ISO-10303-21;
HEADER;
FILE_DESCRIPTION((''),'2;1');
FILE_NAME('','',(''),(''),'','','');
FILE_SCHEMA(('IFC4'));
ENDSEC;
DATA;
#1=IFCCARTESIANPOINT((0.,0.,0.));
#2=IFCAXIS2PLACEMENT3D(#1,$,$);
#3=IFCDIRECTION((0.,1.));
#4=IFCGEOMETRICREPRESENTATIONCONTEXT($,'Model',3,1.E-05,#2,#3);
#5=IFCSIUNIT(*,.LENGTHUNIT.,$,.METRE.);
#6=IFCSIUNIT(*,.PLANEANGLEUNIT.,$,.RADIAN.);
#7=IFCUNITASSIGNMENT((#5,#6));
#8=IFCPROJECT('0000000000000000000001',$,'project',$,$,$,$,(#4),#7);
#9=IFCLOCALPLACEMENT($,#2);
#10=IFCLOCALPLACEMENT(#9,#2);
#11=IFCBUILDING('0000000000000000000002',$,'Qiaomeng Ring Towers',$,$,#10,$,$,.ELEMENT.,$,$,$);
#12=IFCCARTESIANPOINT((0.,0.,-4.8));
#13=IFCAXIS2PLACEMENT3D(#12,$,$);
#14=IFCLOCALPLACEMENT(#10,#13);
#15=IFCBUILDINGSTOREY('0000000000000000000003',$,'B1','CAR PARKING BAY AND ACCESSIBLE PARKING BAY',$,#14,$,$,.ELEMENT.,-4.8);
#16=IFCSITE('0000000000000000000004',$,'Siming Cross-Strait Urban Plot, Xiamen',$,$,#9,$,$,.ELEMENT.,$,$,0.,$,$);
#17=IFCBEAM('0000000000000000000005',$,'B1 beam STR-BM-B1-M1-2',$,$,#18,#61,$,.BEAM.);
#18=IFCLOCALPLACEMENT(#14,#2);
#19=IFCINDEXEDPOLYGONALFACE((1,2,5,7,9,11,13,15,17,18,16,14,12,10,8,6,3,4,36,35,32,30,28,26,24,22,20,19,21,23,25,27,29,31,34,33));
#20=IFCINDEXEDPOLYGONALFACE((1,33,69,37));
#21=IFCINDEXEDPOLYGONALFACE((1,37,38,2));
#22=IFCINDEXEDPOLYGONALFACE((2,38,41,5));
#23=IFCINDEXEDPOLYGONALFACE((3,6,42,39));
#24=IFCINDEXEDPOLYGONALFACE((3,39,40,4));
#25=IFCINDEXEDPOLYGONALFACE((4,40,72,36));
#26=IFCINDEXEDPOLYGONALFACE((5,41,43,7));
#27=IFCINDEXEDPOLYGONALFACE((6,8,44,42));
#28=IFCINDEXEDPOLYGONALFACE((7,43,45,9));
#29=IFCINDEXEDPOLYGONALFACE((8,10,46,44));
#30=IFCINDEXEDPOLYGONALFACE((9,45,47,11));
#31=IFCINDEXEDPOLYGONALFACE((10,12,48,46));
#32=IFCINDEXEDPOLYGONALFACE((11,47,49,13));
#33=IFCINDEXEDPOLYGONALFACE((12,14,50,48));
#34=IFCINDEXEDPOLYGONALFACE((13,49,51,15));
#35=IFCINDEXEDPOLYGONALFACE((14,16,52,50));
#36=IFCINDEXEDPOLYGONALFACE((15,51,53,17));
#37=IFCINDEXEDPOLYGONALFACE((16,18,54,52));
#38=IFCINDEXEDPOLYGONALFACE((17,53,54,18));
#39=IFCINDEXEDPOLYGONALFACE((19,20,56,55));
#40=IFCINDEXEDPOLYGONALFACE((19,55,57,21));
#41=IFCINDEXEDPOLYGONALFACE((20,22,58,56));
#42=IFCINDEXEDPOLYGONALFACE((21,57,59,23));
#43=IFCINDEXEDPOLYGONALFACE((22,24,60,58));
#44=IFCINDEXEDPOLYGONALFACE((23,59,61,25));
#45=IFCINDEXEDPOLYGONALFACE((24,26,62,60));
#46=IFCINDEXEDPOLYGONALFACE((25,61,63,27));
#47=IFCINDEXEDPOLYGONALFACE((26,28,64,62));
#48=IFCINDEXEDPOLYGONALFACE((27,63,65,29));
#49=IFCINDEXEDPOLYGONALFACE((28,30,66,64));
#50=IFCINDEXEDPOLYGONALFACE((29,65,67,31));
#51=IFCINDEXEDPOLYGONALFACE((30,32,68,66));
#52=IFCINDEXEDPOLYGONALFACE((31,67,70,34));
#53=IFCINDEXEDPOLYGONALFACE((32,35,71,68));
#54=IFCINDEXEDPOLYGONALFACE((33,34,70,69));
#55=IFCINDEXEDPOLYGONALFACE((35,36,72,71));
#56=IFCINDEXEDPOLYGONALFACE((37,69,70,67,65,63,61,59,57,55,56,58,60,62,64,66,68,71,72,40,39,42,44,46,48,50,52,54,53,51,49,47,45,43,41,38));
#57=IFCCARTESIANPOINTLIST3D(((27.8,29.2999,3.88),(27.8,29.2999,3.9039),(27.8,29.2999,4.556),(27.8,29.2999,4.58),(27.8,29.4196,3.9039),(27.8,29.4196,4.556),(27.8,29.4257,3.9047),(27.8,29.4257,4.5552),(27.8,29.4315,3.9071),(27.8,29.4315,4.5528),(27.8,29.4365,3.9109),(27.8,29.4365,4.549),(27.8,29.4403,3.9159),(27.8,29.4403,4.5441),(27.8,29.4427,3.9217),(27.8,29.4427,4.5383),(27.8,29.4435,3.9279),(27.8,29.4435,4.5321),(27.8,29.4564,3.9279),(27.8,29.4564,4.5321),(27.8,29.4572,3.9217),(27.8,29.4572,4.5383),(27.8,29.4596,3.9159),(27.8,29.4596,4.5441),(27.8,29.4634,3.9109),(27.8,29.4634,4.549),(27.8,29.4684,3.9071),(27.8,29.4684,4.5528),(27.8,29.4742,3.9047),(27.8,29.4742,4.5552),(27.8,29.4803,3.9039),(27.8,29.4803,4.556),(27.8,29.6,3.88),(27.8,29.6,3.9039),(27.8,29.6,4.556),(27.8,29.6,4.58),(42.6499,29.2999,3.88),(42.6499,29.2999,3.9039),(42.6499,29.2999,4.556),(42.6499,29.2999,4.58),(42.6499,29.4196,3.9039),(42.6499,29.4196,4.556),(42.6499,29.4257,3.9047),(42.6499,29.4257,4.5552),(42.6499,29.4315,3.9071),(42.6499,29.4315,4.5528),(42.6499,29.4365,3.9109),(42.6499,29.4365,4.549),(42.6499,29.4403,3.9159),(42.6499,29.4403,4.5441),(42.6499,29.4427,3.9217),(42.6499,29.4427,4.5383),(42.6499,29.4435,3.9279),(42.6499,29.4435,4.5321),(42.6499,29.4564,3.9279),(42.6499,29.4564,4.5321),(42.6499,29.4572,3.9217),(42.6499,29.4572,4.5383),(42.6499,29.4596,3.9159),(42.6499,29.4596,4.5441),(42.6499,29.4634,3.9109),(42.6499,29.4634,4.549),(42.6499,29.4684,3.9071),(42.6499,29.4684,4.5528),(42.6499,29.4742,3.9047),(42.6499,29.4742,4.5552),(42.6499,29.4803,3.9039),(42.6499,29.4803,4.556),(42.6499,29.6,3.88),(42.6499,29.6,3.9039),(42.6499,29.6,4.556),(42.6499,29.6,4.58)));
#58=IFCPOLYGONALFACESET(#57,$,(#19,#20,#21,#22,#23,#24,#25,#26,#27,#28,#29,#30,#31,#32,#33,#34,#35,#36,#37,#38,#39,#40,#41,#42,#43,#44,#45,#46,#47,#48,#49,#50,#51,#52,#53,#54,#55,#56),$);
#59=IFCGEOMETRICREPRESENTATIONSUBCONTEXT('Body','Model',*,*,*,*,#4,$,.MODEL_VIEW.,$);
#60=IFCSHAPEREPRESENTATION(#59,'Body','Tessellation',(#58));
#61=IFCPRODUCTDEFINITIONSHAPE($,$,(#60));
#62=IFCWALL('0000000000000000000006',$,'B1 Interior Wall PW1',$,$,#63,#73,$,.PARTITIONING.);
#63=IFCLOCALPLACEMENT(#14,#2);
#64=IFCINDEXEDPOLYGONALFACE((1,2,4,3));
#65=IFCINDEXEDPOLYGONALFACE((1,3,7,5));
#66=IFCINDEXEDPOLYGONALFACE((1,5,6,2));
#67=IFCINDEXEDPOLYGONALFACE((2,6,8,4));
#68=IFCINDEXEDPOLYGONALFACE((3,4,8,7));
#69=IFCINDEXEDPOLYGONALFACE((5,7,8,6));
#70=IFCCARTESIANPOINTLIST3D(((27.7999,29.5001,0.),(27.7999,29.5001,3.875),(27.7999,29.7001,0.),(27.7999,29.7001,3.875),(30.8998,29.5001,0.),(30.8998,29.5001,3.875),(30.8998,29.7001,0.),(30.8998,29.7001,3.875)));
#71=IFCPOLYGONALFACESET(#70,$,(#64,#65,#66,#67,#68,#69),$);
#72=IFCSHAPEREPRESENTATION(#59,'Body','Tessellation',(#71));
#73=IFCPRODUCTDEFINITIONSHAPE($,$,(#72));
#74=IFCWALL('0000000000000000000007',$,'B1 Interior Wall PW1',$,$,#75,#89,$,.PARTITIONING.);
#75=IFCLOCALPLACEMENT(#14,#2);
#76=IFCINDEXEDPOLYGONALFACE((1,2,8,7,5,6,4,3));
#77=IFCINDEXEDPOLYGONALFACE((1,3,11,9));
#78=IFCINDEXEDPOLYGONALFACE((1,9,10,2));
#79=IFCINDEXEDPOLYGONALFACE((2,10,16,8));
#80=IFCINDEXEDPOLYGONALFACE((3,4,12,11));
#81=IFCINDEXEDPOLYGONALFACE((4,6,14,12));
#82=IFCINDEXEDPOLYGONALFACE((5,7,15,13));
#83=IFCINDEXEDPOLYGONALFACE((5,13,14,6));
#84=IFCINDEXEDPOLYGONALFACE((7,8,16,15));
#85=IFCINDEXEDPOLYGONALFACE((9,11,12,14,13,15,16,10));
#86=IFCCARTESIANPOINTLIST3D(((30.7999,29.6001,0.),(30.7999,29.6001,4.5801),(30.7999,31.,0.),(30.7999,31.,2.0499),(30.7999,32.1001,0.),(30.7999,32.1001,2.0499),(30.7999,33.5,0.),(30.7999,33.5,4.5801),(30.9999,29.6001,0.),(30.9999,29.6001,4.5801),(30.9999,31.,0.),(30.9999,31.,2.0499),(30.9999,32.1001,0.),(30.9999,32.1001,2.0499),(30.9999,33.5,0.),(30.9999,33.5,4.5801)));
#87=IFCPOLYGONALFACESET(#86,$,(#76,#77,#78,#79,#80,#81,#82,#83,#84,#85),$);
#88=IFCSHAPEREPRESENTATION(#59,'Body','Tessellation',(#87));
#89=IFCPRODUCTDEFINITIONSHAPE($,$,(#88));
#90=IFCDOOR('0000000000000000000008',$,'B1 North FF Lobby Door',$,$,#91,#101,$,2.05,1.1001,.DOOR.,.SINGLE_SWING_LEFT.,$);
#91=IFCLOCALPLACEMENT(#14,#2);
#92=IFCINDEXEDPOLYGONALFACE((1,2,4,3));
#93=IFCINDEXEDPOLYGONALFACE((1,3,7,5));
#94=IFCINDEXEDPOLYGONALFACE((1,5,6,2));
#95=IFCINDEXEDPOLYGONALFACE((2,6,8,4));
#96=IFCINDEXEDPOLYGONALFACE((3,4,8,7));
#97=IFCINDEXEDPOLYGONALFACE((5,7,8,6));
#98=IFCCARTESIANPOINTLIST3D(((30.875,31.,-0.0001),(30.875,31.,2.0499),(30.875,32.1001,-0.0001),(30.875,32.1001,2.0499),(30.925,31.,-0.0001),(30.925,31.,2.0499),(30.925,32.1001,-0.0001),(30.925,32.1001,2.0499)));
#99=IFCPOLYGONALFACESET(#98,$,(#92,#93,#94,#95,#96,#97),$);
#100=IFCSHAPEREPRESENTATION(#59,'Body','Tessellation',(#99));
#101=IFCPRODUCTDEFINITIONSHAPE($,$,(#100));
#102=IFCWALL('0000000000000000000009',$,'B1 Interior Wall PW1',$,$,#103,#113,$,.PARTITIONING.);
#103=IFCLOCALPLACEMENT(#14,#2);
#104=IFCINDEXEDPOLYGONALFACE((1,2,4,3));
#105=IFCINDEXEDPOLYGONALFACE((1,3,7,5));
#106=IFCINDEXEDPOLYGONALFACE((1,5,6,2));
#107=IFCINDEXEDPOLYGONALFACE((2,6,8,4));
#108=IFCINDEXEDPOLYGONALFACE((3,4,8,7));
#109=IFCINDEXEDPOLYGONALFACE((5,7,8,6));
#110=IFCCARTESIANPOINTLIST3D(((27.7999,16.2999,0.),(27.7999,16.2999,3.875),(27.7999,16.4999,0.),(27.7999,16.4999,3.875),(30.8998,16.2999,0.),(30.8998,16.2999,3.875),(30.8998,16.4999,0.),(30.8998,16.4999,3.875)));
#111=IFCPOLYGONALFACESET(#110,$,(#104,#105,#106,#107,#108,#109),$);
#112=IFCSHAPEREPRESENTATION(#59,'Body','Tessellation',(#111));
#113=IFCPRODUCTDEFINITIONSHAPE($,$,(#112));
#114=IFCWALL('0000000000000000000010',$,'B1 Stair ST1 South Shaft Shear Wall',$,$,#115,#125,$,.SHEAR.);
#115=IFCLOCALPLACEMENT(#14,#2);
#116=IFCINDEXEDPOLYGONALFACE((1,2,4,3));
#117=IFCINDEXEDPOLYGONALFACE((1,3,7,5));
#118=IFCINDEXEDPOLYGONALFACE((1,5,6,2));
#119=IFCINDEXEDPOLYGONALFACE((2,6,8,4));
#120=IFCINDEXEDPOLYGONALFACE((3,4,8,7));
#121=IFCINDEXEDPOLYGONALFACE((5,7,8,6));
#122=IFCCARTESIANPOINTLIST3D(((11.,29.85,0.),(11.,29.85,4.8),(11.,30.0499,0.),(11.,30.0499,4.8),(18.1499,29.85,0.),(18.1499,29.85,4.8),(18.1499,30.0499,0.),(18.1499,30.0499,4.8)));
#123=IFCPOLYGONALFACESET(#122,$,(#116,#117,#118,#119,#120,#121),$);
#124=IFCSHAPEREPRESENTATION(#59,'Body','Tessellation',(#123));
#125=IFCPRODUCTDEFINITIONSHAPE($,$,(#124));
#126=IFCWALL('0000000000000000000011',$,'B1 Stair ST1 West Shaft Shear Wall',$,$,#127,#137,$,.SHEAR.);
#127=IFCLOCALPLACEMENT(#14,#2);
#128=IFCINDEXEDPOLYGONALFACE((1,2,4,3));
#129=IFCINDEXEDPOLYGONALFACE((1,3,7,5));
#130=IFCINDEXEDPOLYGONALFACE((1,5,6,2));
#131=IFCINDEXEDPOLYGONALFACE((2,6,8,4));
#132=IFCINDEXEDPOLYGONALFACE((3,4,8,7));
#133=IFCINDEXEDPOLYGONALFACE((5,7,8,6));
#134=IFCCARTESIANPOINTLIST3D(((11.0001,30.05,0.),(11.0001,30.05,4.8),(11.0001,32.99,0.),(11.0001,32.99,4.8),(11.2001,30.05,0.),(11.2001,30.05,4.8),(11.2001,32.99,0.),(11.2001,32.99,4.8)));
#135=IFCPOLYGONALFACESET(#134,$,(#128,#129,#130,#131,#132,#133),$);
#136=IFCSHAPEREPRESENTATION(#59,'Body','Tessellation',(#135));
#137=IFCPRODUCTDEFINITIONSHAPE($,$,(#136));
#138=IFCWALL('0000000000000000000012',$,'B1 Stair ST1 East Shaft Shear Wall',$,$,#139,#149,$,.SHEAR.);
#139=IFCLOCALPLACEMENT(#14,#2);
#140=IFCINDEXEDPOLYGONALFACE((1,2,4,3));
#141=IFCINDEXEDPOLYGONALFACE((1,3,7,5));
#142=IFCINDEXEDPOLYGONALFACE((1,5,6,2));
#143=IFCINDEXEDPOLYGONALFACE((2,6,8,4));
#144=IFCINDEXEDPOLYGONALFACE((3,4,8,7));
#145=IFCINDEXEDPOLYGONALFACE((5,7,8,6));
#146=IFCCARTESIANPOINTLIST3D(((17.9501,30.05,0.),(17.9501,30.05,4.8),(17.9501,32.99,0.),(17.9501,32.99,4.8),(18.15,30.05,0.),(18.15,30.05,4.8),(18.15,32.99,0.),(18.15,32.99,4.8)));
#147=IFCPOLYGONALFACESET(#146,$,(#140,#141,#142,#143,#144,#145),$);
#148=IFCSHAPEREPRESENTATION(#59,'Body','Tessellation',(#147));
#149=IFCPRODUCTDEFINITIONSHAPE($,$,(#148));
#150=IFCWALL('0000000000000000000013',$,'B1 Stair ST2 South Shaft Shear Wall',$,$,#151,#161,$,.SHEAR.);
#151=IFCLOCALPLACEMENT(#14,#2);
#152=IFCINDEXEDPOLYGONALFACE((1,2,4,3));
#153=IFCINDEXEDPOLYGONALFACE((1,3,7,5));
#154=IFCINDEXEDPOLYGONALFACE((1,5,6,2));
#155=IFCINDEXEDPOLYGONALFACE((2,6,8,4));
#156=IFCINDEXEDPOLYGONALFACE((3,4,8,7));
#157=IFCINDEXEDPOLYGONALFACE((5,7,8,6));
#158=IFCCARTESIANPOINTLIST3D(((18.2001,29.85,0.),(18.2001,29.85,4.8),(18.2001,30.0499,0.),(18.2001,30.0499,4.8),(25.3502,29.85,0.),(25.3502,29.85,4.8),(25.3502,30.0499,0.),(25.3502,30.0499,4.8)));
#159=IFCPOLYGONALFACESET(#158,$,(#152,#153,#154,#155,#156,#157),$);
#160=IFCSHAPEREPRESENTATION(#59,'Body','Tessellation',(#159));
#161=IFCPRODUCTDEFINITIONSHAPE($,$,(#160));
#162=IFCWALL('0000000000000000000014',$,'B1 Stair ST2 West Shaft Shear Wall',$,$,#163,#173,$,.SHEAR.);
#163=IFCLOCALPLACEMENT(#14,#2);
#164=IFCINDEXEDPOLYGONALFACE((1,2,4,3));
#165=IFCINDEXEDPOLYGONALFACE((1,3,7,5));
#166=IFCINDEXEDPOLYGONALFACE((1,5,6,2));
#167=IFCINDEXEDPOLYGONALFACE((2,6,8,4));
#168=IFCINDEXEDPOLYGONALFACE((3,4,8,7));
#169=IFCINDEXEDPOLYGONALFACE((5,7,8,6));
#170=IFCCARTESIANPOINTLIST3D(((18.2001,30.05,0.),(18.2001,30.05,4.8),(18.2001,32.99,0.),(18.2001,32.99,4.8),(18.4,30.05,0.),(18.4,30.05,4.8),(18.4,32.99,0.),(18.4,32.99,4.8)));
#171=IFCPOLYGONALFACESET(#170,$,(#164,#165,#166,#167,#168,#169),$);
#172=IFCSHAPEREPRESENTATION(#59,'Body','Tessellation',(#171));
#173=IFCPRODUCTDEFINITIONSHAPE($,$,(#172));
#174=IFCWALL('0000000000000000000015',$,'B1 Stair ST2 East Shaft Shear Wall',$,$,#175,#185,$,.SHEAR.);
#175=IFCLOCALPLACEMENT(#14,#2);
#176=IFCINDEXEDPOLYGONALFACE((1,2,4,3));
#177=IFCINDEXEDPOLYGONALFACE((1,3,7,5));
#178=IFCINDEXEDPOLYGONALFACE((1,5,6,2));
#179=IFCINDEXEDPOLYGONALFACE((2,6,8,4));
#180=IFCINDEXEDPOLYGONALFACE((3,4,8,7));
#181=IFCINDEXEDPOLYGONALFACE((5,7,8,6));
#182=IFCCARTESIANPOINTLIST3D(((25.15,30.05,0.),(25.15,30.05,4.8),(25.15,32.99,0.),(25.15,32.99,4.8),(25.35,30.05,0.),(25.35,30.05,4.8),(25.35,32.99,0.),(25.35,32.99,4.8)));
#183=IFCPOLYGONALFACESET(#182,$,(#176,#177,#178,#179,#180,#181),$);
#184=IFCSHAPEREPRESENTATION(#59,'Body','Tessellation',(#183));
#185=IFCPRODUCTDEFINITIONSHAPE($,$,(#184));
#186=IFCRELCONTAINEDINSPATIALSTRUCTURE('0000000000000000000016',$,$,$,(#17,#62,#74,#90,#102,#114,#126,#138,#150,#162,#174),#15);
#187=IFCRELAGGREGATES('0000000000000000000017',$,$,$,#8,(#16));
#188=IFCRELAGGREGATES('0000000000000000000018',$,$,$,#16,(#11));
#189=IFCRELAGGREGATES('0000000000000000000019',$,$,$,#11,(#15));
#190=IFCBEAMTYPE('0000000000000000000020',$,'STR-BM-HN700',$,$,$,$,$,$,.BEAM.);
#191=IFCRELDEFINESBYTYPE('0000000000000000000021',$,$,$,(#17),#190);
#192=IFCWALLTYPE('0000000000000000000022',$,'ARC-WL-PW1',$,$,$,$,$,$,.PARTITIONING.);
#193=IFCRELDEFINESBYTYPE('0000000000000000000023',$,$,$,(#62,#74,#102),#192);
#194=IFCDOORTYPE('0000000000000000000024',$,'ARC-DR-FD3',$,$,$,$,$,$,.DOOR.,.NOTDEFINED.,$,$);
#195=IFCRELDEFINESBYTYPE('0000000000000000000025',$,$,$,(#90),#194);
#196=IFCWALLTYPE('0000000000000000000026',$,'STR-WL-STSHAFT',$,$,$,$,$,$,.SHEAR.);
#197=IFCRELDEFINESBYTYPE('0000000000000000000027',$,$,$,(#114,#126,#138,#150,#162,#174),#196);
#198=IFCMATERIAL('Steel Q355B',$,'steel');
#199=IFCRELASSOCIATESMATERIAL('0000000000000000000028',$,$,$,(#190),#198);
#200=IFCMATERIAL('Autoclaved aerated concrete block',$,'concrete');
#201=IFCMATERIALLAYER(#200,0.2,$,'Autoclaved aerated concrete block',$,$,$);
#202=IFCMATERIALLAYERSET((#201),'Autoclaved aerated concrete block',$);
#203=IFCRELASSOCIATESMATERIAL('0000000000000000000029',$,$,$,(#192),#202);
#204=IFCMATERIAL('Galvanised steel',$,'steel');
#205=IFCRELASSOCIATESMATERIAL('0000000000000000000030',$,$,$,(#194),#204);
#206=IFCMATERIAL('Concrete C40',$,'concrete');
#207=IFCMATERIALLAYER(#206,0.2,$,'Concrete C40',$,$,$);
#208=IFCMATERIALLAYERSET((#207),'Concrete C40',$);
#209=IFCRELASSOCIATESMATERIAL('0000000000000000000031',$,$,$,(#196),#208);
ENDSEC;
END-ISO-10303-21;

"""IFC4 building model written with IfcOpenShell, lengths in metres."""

from ifc_helpers import new_model, si_unit, direction, frame, frame_2d, origin, origin_2d, place, context, subcontext, project, spatial, rectangle, i_section, extrude, source, transform, mapped, material, layer, layer_set, material_profile, profile_set, type_object, element, fill, save


model = new_model("IFC4")

# Units and contexts
model_context = context("Model", 3, precision=1e-05, world=origin(), true_north=direction((0.0, 1.0)))
body_context = subcontext(model_context, "Body", "Model", "MODEL_VIEW")
ifc_project = project(units=[si_unit("LENGTHUNIT", "METRE"), si_unit("PLANEANGLEUNIT", "RADIAN")], contexts=[model_context])

# Site, building, storey
site_placement = place(None, origin())
site = spatial("IfcSite", under=ifc_project, at=site_placement, Name="Siming Cross-Strait Urban Plot, Xiamen", CompositionType="ELEMENT", RefElevation=0.0)
building_placement = place(site_placement, origin())
building = spatial("IfcBuilding", under=site, at=building_placement, Name="Qiaomeng Ring Towers", CompositionType="ELEMENT")
storey_placement = place(building_placement, frame((0.0, 0.0, -4.8)))
storey = spatial("IfcBuildingStorey", under=building, at=storey_placement, Name="B1", Description="CAR PARKING BAY AND ACCESSIBLE PARKING BAY", CompositionType="ELEMENT", Elevation=-4.8)

# Beam
ifc_material_1 = material(Name="Steel Q355B", Category="steel")
ifc_material_profile_1 = material_profile(ifc_material_1, i_section(OverallWidth=0.3, OverallDepth=0.7, WebThickness=0.0129, FlangeThickness=0.0239, FilletRadius=0.0239, at=origin_2d()), Name="HN 700x300x13x24")
ifc_profile_set_1 = profile_set([ifc_material_profile_1], Name="Steel Q355B")
beam_type_1 = type_object("IfcBeamType", Name="STR-BM-HN700", PredefinedType="BEAM", material=ifc_profile_set_1)
shared_shape_1 = source(origin(), body_context, "Body", "SweptSolid", [
    extrude(i_section(OverallWidth=0.3, OverallDepth=0.7, WebThickness=0.0129, FlangeThickness=0.0239, FilletRadius=0.0239, at=origin_2d()), origin(), (0.0, 0.0, 1.0), 14.8499),
])
for number, where, z_axis, x_axis, name in (
    (1, (27.8, 29.45, 4.23), (1.0, 0.0, 0.0), (0.0, 1.0, 0.0), "B1 beam STR-BM-B1-M1-2"),
):
    element("IfcBeam", number, at=place(storey_placement, frame(where, z_axis=z_axis, x_axis=x_axis)), inside=storey, type_object=beam_type_1, Name=name, PredefinedType="BEAM", context=body_context, shape_type="MappedRepresentation", body=[
        mapped(shared_shape_1, transform((0.0, 0.0, 0.0), x_axis=(1.0, 0.0, 0.0), y_axis=(0.0, 1.0, 0.0), z_axis=(0.0, 0.0, 1.0), scale=1.0)),
    ])

# Wall
ifc_material_2 = material(Name="Autoclaved aerated concrete block", Category="concrete")
ifc_layer_1 = layer(ifc_material_2, 0.2, Name="Autoclaved aerated concrete block")
ifc_layer_set_1 = layer_set([ifc_layer_1], Name="Autoclaved aerated concrete block")
wall_type_1 = type_object("IfcWallType", Name="ARC-WL-PW1", PredefinedType="PARTITIONING", material=ifc_layer_set_1)
wall_1_placement = place(storey_placement, frame((27.8, 29.6001, 0.0), z_axis=(0.0, 0.0, 1.0), x_axis=(1.0, 0.0, 0.0)))
element("IfcWall", 2, at=wall_1_placement, inside=storey, type_object=wall_type_1, Name="B1 Interior Wall PW1", PredefinedType="PARTITIONING", context=body_context, shape_type="SweptSolid", body=[
    extrude(rectangle(XDim=3.0999, YDim=0.2, at=frame_2d((1.5498, 0.0))), origin(), (0.0, 0.0, 1.0), 3.875),
])

# Wall, opening, door
wall_2_placement = place(storey_placement, frame((30.8999, 29.6001, 0.0), z_axis=(0.0, 0.0, 1.0), x_axis=(0.0, 1.0, 0.0)))
wall_2 = element("IfcWall", 3, at=wall_2_placement, inside=storey, type_object=wall_type_1, Name="B1 Interior Wall PW1", PredefinedType="PARTITIONING", context=body_context, shape_type="SweptSolid", body=[
    extrude(rectangle(XDim=3.8999, YDim=0.2, at=frame_2d((1.95, 0.0))), origin(), (0.0, 0.0, 1.0), 4.5801),
])
opening_1_placement = place(wall_2_placement, frame((1.3999, 0.0, 0.0)))
opening_1 = element("IfcOpeningElement", 4, at=opening_1_placement, cuts=wall_2, PredefinedType="OPENING", context=body_context, shape_type="SweptSolid", body=[
    extrude(rectangle(XDim=1.1001, YDim=2.05, at=frame_2d((0.55, 1.0249))), frame((0.0, 0.1099, 0.0), z_axis=(0.0, -1.0, 0.0), x_axis=(1.0, 0.0, 0.0)), (0.0, 0.0, 1.0), 0.22),
])
ifc_material_3 = material(Name="Galvanised steel", Category="steel")
door_type_1 = type_object("IfcDoorType", Name="ARC-DR-FD3", OperationType="NOTDEFINED", PredefinedType="DOOR", material=ifc_material_3)
shared_shape_2 = source(origin(), body_context, "Body", "SweptSolid", [
    extrude(rectangle(XDim=1.1001, YDim=2.05, at=frame_2d((0.55, 1.0249))), frame((0.0, 0.0249, 0.0), z_axis=(0.0, -1.0, 0.0), x_axis=(1.0, 0.0, 0.0)), (0.0, 0.0, 1.0), 0.05),
])
door_1_placement = place(opening_1_placement, origin())
door_1 = element("IfcDoor", 5, at=door_1_placement, inside=storey, type_object=door_type_1, Name="B1 North FF Lobby Door", OperationType="SINGLE_SWING_LEFT", OverallHeight=2.05, OverallWidth=1.1001, PredefinedType="DOOR", context=body_context, shape_type="MappedRepresentation", body=[
    mapped(shared_shape_2, transform((0.0, 0.0, 0.0), x_axis=(1.0, 0.0, 0.0), y_axis=(0.0, 1.0, 0.0), z_axis=(0.0, 0.0, 1.0), scale=1.0)),
])
fill(opening_1, door_1)

# Walls
wall_3_placement = place(storey_placement, frame((27.8, 16.3999, 0.0), z_axis=(0.0, 0.0, 1.0), x_axis=(1.0, 0.0, 0.0)))
element("IfcWall", 6, at=wall_3_placement, inside=storey, type_object=wall_type_1, Name="B1 Interior Wall PW1", PredefinedType="PARTITIONING", context=body_context, shape_type="SweptSolid", body=[
    extrude(rectangle(XDim=3.0999, YDim=0.2, at=frame_2d((1.5498, 0.0))), origin(), (0.0, 0.0, 1.0), 3.875),
])
ifc_material_4 = material(Name="Concrete C40", Category="concrete")
ifc_layer_2 = layer(ifc_material_4, 0.2, Name="Concrete C40")
ifc_layer_set_2 = layer_set([ifc_layer_2], Name="Concrete C40")
wall_type_2 = type_object("IfcWallType", Name="STR-WL-STSHAFT", PredefinedType="SHEAR", material=ifc_layer_set_2)
wall_4_placement = place(storey_placement, frame((11.0, 29.95, 0.0), z_axis=(0.0, 0.0, 1.0), x_axis=(1.0, 0.0, 0.0)))
element("IfcWall", 7, at=wall_4_placement, inside=storey, type_object=wall_type_2, Name="B1 Stair ST1 South Shaft Shear Wall", PredefinedType="SHEAR", context=body_context, shape_type="SweptSolid", body=[
    extrude(rectangle(XDim=7.1499, YDim=0.2, at=frame_2d((3.575, 0.0))), origin(), (0.0, 0.0, 1.0), 4.8),
])
for number, where, z_axis, x_axis, name in (
    (8, (11.1001, 30.05, 0.0), (0.0, 0.0, 1.0), (0.0, 1.0, 0.0), "B1 Stair ST1 West Shaft Shear Wall"),
    (9, (18.05, 30.05, 0.0), (0.0, 0.0, 1.0), (0.0, 1.0, 0.0), "B1 Stair ST1 East Shaft Shear Wall"),
):
    element("IfcWall", number, at=place(storey_placement, frame(where, z_axis=z_axis, x_axis=x_axis)), inside=storey, type_object=wall_type_2, Name=name, PredefinedType="SHEAR", context=body_context, shape_type="SweptSolid", body=[
        extrude(rectangle(XDim=2.9399, YDim=0.2, at=frame_2d((1.47, 0.0))), origin(), (0.0, 0.0, 1.0), 4.8),
    ])
wall_5_placement = place(storey_placement, frame((18.2, 29.95, 0.0), z_axis=(0.0, 0.0, 1.0), x_axis=(1.0, 0.0, 0.0)))
element("IfcWall", 10, at=wall_5_placement, inside=storey, type_object=wall_type_2, Name="B1 Stair ST2 South Shaft Shear Wall", PredefinedType="SHEAR", context=body_context, shape_type="SweptSolid", body=[
    extrude(rectangle(XDim=7.1501, YDim=0.2, at=frame_2d((3.5752, 0.0))), origin(), (0.0, 0.0, 1.0), 4.8),
])
for number, where, z_axis, x_axis, name in (
    (11, (18.3, 30.05, 0.0), (0.0, 0.0, 1.0), (0.0, 1.0, 0.0), "B1 Stair ST2 West Shaft Shear Wall"),
    (12, (25.25, 30.05, 0.0), (0.0, 0.0, 1.0), (0.0, 1.0, 0.0), "B1 Stair ST2 East Shaft Shear Wall"),
):
    element("IfcWall", number, at=place(storey_placement, frame(where, z_axis=z_axis, x_axis=x_axis)), inside=storey, type_object=wall_type_2, Name=name, PredefinedType="SHEAR", context=body_context, shape_type="SweptSolid", body=[
        extrude(rectangle(XDim=2.9399, YDim=0.2, at=frame_2d((1.47, 0.0))), origin(), (0.0, 0.0, 1.0), 4.8),
    ])

save(model, "model.ifc")
